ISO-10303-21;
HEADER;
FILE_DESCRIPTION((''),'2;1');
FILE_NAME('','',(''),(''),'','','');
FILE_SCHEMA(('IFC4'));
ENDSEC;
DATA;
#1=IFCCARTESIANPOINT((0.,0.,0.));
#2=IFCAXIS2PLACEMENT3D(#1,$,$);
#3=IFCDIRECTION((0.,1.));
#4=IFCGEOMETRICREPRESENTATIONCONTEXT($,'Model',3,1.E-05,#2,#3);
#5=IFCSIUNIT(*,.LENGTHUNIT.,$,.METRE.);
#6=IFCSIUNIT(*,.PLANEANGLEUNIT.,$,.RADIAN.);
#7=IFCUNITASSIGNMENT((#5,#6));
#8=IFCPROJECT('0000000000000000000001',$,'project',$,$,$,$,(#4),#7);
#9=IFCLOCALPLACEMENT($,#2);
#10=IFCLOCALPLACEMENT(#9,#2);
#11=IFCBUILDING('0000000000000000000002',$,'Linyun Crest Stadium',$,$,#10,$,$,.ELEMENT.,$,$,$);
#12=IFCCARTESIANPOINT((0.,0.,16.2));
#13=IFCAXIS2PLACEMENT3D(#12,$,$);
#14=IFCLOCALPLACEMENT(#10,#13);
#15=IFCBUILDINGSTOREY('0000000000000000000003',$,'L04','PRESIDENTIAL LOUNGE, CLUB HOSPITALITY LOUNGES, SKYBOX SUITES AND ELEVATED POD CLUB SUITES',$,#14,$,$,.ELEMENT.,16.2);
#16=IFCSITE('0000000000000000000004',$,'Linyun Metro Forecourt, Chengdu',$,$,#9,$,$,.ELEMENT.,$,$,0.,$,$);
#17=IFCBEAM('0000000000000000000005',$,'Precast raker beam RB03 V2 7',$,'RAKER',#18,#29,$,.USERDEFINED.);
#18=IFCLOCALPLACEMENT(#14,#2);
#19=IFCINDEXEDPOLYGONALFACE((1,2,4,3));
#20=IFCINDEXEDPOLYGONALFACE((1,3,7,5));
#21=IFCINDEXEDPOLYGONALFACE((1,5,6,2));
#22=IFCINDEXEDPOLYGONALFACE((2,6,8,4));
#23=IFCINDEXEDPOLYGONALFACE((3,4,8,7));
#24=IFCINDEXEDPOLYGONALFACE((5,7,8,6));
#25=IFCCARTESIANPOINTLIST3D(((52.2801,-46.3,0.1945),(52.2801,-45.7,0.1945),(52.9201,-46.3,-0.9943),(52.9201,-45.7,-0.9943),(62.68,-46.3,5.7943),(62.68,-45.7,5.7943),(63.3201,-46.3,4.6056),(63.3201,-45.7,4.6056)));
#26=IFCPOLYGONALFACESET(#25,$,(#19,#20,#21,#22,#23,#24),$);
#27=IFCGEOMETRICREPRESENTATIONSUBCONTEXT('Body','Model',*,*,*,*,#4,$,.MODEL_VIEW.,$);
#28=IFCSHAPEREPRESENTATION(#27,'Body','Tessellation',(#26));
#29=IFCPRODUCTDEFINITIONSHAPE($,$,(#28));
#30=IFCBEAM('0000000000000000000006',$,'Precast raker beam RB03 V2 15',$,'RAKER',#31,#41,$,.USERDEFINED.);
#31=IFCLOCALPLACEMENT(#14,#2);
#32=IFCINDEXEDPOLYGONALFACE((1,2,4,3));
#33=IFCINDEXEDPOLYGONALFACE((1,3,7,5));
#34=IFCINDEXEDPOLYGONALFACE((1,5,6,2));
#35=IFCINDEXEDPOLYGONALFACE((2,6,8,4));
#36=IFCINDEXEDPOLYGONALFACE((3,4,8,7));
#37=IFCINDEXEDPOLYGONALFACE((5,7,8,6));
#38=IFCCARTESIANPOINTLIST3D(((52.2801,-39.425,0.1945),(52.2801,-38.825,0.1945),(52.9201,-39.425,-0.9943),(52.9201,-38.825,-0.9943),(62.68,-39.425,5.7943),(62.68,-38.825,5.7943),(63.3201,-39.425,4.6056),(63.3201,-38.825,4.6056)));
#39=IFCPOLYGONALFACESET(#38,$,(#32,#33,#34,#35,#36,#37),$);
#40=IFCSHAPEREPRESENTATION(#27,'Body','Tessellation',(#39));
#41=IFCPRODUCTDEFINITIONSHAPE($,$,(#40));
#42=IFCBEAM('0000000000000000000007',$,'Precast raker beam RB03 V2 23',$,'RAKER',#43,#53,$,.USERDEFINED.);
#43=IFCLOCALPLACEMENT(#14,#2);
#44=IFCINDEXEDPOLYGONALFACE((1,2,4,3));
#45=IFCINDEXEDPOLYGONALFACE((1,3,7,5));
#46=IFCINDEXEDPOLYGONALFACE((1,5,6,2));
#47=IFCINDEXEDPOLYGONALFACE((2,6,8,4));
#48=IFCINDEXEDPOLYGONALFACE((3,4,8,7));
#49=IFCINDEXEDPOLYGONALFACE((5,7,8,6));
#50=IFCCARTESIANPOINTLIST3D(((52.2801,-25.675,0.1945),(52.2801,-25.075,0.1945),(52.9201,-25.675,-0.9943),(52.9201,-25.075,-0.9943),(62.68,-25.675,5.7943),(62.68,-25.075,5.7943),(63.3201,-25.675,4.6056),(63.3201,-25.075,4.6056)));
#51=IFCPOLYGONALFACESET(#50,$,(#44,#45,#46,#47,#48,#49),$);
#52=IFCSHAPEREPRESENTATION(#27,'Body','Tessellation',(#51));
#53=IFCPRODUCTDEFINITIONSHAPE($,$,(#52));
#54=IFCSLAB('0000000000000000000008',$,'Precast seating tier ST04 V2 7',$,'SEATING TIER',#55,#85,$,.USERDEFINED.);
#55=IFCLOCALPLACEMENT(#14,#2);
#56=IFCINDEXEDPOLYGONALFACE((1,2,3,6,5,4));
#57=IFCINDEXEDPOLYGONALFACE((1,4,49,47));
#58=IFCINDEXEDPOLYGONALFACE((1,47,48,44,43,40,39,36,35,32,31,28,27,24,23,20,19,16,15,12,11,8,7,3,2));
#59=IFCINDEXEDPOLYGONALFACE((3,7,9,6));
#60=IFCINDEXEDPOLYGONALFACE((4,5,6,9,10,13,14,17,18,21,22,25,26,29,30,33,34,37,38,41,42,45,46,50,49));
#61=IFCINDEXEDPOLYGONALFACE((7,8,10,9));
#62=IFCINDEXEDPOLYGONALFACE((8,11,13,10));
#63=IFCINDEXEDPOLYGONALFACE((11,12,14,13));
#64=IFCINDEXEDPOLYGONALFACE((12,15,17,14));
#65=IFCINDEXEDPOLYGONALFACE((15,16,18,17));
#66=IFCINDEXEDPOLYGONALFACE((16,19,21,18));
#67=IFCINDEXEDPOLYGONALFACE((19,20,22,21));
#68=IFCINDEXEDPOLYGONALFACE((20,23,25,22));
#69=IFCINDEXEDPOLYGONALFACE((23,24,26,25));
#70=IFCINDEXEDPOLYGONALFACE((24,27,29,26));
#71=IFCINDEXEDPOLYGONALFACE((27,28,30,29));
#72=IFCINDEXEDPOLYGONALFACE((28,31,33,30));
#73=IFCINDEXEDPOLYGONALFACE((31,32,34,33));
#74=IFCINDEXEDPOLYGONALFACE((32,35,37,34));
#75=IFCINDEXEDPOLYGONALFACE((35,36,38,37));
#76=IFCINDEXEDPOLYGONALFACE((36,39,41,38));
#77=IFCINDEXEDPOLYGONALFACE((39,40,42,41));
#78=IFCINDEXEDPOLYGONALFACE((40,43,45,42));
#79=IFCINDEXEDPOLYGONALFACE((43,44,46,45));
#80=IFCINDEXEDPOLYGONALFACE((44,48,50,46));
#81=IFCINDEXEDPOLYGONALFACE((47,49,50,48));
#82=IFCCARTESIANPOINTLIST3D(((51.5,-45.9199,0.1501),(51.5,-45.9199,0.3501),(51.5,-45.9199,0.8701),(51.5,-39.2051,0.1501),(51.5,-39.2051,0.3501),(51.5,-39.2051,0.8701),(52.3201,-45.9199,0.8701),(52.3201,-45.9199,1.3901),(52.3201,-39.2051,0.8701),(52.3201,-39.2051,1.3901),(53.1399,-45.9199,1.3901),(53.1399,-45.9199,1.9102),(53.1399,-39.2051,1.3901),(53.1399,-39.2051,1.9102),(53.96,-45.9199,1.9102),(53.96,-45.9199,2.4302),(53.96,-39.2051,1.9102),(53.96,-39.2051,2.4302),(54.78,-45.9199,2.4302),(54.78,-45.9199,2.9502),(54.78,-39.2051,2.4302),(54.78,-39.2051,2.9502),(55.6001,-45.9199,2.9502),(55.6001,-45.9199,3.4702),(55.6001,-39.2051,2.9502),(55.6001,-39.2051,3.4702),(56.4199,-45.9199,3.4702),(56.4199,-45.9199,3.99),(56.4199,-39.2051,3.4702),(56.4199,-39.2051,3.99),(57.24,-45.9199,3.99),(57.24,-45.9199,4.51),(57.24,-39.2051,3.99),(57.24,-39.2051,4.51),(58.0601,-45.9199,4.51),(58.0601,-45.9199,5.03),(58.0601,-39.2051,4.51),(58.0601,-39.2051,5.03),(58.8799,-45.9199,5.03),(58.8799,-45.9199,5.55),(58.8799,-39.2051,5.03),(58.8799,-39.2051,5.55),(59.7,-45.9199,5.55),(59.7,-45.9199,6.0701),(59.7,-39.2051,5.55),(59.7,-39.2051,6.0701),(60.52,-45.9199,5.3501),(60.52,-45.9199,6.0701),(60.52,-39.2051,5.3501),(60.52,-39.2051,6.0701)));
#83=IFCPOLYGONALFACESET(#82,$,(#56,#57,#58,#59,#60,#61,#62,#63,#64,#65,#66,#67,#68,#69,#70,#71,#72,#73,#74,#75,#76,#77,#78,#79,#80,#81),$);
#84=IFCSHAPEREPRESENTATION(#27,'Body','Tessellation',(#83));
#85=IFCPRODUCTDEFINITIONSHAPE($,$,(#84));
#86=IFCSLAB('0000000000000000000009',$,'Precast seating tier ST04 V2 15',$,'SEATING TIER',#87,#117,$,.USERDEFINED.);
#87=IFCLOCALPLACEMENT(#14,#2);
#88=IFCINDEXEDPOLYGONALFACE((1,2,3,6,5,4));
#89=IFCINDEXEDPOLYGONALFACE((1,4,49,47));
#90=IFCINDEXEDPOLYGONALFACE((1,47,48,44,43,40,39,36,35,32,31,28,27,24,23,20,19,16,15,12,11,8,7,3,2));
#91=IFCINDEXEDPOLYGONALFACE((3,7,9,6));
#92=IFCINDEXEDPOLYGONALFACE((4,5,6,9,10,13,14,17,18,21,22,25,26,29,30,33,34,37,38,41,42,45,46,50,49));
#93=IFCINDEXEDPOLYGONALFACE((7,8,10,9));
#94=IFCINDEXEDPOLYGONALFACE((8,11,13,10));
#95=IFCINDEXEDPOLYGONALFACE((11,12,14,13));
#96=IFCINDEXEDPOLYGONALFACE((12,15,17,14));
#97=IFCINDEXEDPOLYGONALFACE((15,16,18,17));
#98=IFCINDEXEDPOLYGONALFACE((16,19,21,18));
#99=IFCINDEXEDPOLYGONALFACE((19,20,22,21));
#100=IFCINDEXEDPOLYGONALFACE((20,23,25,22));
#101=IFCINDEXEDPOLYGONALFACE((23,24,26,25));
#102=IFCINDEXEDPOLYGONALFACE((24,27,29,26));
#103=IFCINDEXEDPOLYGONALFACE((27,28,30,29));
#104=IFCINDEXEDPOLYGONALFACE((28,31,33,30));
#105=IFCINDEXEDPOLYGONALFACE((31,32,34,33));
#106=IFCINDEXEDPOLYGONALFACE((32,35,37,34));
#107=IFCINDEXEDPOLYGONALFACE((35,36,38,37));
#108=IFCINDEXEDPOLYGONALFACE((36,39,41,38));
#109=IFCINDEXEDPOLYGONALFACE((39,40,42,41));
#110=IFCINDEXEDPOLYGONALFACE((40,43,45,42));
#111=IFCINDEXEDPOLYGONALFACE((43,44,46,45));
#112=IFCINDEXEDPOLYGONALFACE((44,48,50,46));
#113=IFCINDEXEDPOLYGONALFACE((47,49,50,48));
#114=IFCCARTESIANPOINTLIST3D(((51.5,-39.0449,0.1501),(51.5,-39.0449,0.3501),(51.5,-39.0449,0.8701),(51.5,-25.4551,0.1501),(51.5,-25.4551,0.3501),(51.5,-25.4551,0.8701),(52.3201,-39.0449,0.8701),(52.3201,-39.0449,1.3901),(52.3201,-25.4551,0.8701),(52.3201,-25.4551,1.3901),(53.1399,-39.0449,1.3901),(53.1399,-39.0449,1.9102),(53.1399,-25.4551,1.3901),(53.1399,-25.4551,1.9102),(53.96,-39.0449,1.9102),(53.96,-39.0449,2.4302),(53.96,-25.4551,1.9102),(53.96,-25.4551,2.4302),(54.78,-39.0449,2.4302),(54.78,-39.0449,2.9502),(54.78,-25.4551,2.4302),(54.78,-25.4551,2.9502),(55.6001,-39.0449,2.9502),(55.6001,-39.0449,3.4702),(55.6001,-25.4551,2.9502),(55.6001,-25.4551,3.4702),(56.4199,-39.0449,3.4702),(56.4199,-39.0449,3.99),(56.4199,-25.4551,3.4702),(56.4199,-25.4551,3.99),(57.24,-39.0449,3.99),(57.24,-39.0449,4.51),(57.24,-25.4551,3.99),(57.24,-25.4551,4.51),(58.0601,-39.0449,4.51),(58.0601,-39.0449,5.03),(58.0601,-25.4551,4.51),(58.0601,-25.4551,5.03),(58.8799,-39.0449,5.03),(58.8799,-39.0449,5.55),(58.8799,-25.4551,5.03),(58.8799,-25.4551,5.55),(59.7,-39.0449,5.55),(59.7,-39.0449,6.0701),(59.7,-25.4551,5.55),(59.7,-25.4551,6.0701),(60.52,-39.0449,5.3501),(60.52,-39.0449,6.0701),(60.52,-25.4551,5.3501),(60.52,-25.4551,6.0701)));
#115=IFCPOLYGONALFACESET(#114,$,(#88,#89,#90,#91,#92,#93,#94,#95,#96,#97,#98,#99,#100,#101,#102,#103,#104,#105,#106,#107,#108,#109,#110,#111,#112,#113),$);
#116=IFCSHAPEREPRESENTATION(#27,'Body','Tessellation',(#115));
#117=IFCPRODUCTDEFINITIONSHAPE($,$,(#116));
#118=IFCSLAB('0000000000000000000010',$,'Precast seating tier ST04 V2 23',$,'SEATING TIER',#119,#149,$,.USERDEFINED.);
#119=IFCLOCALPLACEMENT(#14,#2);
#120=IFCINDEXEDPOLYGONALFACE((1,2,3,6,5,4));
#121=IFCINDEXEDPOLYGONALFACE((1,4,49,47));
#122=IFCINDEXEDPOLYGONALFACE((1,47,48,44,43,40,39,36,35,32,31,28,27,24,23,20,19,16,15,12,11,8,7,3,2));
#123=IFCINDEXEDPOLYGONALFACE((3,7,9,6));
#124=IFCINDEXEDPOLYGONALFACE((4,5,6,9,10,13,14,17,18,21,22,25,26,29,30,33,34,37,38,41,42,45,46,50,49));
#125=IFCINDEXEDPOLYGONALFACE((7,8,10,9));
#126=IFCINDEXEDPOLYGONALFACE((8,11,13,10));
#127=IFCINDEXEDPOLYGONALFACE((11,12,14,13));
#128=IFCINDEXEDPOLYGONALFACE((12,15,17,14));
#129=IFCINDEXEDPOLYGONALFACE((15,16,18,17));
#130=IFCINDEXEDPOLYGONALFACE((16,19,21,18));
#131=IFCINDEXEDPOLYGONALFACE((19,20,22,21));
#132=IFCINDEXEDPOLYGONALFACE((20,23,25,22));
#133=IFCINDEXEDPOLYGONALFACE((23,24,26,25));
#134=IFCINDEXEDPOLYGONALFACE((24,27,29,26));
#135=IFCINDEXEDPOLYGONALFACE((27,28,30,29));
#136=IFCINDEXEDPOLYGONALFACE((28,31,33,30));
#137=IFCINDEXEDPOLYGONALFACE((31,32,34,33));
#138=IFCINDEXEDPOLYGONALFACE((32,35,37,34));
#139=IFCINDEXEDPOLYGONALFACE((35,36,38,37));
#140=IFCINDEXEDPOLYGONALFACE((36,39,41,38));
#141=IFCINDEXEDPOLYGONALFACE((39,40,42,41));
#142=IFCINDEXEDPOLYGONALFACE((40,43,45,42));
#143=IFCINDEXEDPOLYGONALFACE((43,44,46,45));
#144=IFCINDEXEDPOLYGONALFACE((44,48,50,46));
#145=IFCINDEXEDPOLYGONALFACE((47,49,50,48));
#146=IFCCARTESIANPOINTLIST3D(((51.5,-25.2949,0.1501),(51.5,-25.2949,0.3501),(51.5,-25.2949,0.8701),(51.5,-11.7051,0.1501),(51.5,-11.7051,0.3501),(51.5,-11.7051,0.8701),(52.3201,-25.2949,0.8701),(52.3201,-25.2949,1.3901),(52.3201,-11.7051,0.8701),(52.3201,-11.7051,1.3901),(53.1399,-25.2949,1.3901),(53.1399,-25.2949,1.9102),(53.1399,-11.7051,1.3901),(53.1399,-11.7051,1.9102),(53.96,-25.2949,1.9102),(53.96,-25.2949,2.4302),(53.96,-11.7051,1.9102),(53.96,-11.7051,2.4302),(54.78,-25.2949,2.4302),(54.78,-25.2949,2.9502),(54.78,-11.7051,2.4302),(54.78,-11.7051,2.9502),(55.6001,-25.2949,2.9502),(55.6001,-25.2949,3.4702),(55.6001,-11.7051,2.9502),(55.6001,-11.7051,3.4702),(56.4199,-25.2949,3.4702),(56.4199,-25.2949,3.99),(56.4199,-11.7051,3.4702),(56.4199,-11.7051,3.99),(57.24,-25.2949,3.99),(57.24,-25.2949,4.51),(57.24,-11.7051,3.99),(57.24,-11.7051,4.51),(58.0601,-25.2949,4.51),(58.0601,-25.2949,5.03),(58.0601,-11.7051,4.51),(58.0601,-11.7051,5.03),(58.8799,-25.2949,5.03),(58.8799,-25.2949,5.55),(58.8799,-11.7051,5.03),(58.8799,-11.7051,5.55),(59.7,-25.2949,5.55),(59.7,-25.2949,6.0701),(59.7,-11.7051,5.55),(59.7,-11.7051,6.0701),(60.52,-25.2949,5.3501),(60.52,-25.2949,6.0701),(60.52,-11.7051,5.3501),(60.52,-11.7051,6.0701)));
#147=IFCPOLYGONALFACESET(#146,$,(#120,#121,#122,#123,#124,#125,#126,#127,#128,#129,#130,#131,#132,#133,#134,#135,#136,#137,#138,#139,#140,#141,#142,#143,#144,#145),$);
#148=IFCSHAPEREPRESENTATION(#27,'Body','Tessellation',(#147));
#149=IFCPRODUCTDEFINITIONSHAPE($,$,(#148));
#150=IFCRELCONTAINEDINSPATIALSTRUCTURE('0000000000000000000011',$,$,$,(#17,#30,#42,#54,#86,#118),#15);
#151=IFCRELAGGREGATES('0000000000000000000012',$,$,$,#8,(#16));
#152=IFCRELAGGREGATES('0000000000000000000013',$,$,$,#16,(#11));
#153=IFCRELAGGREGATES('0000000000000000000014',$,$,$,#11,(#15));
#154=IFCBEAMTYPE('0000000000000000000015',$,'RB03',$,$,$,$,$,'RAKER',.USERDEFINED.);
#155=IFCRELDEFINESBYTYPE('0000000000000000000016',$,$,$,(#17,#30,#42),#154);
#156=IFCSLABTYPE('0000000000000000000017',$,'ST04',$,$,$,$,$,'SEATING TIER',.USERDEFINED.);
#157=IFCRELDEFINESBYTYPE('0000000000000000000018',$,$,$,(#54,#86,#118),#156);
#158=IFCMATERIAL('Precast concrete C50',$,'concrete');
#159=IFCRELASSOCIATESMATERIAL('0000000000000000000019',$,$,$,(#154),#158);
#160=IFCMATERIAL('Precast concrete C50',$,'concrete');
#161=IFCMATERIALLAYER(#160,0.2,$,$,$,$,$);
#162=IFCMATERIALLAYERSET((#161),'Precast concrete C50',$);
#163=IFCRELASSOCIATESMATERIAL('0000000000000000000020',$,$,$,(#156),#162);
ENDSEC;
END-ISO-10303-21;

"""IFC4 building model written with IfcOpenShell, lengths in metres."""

from ifc_helpers import new_model, si_unit, direction, frame, origin, origin_2d, place, context, subcontext, project, spatial, polyline, rectangle, outline, extrude, material, layer, layer_set, material_profile, profile_set, type_object, element, save


model = new_model("IFC4")

# Units and contexts
model_context = context("Model", 3, precision=1e-05, world=origin(), true_north=direction((0.0, 1.0)))
body_context = subcontext(model_context, "Body", "Model", "MODEL_VIEW")
ifc_project = project(units=[si_unit("LENGTHUNIT", "METRE"), si_unit("PLANEANGLEUNIT", "RADIAN")], contexts=[model_context])

# Site, building, storey
site_placement = place(None, origin())
site = spatial("IfcSite", under=ifc_project, at=site_placement, Name="Linyun Metro Forecourt, Chengdu", CompositionType="ELEMENT", RefElevation=0.0)
building_placement = place(site_placement, origin())
building = spatial("IfcBuilding", under=site, at=building_placement, Name="Linyun Crest Stadium", CompositionType="ELEMENT")
storey_placement = place(building_placement, frame((0.0, 0.0, 16.2)))
storey = spatial("IfcBuildingStorey", under=building, at=storey_placement, Name="L04", Description="PRESIDENTIAL LOUNGE, CLUB HOSPITALITY LOUNGES, SKYBOX SUITES AND ELEVATED POD CLUB SUITES", CompositionType="ELEMENT", Elevation=16.2)

# Beams
ifc_material_1 = material(Name="Precast concrete C50", Category="concrete")
ifc_material_profile_1 = material_profile(ifc_material_1, rectangle(XDim=0.6001, YDim=1.3501, at=origin_2d()), Name="PCR 1350x600")
ifc_profile_set_1 = profile_set([ifc_material_profile_1], Name="Precast concrete C50")
beam_type_1 = type_object("IfcBeamType", Name="RB03", ElementType="RAKER", PredefinedType="USERDEFINED", material=ifc_profile_set_1)
for number, where, z_axis, x_axis, name in (
    (1, (52.6001, -46.0, -0.3999), (0.880474, 0.0, 0.474094), (0.0, 1.0, 0.0), "Precast raker beam RB03 V2 7"),
    (2, (52.6001, -39.125, -0.3999), (0.880474, 0.0, 0.474094), (0.0, 1.0, 0.0), "Precast raker beam RB03 V2 15"),
    (3, (52.6001, -25.375, -0.3999), (0.880474, 0.0, 0.474094), (0.0, 1.0, 0.0), "Precast raker beam RB03 V2 23"),
):
    element("IfcBeam", number, at=place(storey_placement, frame(where, z_axis=z_axis, x_axis=x_axis)), inside=storey, type_object=beam_type_1, Name=name, ObjectType="RAKER", PredefinedType="USERDEFINED", context=body_context, shape_type="SweptSolid", body=[
        extrude(rectangle(XDim=0.6001, YDim=1.3501, at=origin_2d()), origin(), (0.0, 0.0, 1.0), 11.8118),
    ])

# Slabs
ifc_material_2 = material(Name="Precast concrete C50", Category="concrete")
ifc_layer_1 = layer(ifc_material_2, 0.2)
ifc_layer_set_1 = layer_set([ifc_layer_1], Name="Precast concrete C50")
slab_type = type_object("IfcSlabType", Name="ST04", ElementType="SEATING TIER", PredefinedType="USERDEFINED", material=ifc_layer_set_1)
slab_placement = place(storey_placement, frame((51.5, -45.9199, 0.3501), z_axis=(0.0, 0.0, 1.0), x_axis=(1.0, 0.0, 0.0)))
element("IfcSlab", 4, at=slab_placement, inside=storey, type_object=slab_type, Name="Precast seating tier ST04 V2 7", ObjectType="SEATING TIER", PredefinedType="USERDEFINED", context=body_context, shape_type="SweptSolid", body=[
    extrude(outline(polyline([(0.0, 0.0), (0.0, -0.52), (0.8201, -0.52), (0.8201, -1.04), (1.6399, -1.04), (1.6399, -1.5601), (2.46, -1.5601), (2.46, -2.0801), (3.28, -2.0801), (3.28, -2.6001), (4.1001, -2.6001), (4.1001, -3.1201), (4.9199, -3.1201), (4.9199, -3.6399), (5.74, -3.6399), (5.74, -4.1599), (6.5601, -4.1599), (6.5601, -4.6799), (7.3799, -4.6799), (7.3799, -5.2), (8.2, -5.2), (8.2, -5.72), (9.02, -5.72), (9.02, -5.0), (0.0, 0.2), (0.0, 0.0)])), frame((0.0, 0.0, 0.0), z_axis=(0.0, 1.0, 0.0), x_axis=(1.0, 0.0, 0.0)), (0.0, 0.0, 1.0), 6.7148),
])
for number, where, z_axis, x_axis, name in (
    (5, (51.5, -39.0449, 0.3501), (0.0, 0.0, 1.0), (1.0, 0.0, 0.0), "Precast seating tier ST04 V2 15"),
    (6, (51.5, -25.2949, 0.3501), (0.0, 0.0, 1.0), (1.0, 0.0, 0.0), "Precast seating tier ST04 V2 23"),
):
    element("IfcSlab", number, at=place(storey_placement, frame(where, z_axis=z_axis, x_axis=x_axis)), inside=storey, type_object=slab_type, Name=name, ObjectType="SEATING TIER", PredefinedType="USERDEFINED", context=body_context, shape_type="SweptSolid", body=[
        extrude(outline(polyline([(0.0, 0.0), (0.0, -0.52), (0.8201, -0.52), (0.8201, -1.04), (1.6399, -1.04), (1.6399, -1.5601), (2.46, -1.5601), (2.46, -2.0801), (3.28, -2.0801), (3.28, -2.6001), (4.1001, -2.6001), (4.1001, -3.1201), (4.9199, -3.1201), (4.9199, -3.6399), (5.74, -3.6399), (5.74, -4.1599), (6.5601, -4.1599), (6.5601, -4.6799), (7.3799, -4.6799), (7.3799, -5.2), (8.2, -5.2), (8.2, -5.72), (9.02, -5.72), (9.02, -5.0), (0.0, 0.2), (0.0, 0.0)])), frame((0.0, 0.0, 0.0), z_axis=(0.0, 1.0, 0.0), x_axis=(1.0, 0.0, 0.0)), (0.0, 0.0, 1.0), 13.5898),
    ])

save(model, "model.ifc")
